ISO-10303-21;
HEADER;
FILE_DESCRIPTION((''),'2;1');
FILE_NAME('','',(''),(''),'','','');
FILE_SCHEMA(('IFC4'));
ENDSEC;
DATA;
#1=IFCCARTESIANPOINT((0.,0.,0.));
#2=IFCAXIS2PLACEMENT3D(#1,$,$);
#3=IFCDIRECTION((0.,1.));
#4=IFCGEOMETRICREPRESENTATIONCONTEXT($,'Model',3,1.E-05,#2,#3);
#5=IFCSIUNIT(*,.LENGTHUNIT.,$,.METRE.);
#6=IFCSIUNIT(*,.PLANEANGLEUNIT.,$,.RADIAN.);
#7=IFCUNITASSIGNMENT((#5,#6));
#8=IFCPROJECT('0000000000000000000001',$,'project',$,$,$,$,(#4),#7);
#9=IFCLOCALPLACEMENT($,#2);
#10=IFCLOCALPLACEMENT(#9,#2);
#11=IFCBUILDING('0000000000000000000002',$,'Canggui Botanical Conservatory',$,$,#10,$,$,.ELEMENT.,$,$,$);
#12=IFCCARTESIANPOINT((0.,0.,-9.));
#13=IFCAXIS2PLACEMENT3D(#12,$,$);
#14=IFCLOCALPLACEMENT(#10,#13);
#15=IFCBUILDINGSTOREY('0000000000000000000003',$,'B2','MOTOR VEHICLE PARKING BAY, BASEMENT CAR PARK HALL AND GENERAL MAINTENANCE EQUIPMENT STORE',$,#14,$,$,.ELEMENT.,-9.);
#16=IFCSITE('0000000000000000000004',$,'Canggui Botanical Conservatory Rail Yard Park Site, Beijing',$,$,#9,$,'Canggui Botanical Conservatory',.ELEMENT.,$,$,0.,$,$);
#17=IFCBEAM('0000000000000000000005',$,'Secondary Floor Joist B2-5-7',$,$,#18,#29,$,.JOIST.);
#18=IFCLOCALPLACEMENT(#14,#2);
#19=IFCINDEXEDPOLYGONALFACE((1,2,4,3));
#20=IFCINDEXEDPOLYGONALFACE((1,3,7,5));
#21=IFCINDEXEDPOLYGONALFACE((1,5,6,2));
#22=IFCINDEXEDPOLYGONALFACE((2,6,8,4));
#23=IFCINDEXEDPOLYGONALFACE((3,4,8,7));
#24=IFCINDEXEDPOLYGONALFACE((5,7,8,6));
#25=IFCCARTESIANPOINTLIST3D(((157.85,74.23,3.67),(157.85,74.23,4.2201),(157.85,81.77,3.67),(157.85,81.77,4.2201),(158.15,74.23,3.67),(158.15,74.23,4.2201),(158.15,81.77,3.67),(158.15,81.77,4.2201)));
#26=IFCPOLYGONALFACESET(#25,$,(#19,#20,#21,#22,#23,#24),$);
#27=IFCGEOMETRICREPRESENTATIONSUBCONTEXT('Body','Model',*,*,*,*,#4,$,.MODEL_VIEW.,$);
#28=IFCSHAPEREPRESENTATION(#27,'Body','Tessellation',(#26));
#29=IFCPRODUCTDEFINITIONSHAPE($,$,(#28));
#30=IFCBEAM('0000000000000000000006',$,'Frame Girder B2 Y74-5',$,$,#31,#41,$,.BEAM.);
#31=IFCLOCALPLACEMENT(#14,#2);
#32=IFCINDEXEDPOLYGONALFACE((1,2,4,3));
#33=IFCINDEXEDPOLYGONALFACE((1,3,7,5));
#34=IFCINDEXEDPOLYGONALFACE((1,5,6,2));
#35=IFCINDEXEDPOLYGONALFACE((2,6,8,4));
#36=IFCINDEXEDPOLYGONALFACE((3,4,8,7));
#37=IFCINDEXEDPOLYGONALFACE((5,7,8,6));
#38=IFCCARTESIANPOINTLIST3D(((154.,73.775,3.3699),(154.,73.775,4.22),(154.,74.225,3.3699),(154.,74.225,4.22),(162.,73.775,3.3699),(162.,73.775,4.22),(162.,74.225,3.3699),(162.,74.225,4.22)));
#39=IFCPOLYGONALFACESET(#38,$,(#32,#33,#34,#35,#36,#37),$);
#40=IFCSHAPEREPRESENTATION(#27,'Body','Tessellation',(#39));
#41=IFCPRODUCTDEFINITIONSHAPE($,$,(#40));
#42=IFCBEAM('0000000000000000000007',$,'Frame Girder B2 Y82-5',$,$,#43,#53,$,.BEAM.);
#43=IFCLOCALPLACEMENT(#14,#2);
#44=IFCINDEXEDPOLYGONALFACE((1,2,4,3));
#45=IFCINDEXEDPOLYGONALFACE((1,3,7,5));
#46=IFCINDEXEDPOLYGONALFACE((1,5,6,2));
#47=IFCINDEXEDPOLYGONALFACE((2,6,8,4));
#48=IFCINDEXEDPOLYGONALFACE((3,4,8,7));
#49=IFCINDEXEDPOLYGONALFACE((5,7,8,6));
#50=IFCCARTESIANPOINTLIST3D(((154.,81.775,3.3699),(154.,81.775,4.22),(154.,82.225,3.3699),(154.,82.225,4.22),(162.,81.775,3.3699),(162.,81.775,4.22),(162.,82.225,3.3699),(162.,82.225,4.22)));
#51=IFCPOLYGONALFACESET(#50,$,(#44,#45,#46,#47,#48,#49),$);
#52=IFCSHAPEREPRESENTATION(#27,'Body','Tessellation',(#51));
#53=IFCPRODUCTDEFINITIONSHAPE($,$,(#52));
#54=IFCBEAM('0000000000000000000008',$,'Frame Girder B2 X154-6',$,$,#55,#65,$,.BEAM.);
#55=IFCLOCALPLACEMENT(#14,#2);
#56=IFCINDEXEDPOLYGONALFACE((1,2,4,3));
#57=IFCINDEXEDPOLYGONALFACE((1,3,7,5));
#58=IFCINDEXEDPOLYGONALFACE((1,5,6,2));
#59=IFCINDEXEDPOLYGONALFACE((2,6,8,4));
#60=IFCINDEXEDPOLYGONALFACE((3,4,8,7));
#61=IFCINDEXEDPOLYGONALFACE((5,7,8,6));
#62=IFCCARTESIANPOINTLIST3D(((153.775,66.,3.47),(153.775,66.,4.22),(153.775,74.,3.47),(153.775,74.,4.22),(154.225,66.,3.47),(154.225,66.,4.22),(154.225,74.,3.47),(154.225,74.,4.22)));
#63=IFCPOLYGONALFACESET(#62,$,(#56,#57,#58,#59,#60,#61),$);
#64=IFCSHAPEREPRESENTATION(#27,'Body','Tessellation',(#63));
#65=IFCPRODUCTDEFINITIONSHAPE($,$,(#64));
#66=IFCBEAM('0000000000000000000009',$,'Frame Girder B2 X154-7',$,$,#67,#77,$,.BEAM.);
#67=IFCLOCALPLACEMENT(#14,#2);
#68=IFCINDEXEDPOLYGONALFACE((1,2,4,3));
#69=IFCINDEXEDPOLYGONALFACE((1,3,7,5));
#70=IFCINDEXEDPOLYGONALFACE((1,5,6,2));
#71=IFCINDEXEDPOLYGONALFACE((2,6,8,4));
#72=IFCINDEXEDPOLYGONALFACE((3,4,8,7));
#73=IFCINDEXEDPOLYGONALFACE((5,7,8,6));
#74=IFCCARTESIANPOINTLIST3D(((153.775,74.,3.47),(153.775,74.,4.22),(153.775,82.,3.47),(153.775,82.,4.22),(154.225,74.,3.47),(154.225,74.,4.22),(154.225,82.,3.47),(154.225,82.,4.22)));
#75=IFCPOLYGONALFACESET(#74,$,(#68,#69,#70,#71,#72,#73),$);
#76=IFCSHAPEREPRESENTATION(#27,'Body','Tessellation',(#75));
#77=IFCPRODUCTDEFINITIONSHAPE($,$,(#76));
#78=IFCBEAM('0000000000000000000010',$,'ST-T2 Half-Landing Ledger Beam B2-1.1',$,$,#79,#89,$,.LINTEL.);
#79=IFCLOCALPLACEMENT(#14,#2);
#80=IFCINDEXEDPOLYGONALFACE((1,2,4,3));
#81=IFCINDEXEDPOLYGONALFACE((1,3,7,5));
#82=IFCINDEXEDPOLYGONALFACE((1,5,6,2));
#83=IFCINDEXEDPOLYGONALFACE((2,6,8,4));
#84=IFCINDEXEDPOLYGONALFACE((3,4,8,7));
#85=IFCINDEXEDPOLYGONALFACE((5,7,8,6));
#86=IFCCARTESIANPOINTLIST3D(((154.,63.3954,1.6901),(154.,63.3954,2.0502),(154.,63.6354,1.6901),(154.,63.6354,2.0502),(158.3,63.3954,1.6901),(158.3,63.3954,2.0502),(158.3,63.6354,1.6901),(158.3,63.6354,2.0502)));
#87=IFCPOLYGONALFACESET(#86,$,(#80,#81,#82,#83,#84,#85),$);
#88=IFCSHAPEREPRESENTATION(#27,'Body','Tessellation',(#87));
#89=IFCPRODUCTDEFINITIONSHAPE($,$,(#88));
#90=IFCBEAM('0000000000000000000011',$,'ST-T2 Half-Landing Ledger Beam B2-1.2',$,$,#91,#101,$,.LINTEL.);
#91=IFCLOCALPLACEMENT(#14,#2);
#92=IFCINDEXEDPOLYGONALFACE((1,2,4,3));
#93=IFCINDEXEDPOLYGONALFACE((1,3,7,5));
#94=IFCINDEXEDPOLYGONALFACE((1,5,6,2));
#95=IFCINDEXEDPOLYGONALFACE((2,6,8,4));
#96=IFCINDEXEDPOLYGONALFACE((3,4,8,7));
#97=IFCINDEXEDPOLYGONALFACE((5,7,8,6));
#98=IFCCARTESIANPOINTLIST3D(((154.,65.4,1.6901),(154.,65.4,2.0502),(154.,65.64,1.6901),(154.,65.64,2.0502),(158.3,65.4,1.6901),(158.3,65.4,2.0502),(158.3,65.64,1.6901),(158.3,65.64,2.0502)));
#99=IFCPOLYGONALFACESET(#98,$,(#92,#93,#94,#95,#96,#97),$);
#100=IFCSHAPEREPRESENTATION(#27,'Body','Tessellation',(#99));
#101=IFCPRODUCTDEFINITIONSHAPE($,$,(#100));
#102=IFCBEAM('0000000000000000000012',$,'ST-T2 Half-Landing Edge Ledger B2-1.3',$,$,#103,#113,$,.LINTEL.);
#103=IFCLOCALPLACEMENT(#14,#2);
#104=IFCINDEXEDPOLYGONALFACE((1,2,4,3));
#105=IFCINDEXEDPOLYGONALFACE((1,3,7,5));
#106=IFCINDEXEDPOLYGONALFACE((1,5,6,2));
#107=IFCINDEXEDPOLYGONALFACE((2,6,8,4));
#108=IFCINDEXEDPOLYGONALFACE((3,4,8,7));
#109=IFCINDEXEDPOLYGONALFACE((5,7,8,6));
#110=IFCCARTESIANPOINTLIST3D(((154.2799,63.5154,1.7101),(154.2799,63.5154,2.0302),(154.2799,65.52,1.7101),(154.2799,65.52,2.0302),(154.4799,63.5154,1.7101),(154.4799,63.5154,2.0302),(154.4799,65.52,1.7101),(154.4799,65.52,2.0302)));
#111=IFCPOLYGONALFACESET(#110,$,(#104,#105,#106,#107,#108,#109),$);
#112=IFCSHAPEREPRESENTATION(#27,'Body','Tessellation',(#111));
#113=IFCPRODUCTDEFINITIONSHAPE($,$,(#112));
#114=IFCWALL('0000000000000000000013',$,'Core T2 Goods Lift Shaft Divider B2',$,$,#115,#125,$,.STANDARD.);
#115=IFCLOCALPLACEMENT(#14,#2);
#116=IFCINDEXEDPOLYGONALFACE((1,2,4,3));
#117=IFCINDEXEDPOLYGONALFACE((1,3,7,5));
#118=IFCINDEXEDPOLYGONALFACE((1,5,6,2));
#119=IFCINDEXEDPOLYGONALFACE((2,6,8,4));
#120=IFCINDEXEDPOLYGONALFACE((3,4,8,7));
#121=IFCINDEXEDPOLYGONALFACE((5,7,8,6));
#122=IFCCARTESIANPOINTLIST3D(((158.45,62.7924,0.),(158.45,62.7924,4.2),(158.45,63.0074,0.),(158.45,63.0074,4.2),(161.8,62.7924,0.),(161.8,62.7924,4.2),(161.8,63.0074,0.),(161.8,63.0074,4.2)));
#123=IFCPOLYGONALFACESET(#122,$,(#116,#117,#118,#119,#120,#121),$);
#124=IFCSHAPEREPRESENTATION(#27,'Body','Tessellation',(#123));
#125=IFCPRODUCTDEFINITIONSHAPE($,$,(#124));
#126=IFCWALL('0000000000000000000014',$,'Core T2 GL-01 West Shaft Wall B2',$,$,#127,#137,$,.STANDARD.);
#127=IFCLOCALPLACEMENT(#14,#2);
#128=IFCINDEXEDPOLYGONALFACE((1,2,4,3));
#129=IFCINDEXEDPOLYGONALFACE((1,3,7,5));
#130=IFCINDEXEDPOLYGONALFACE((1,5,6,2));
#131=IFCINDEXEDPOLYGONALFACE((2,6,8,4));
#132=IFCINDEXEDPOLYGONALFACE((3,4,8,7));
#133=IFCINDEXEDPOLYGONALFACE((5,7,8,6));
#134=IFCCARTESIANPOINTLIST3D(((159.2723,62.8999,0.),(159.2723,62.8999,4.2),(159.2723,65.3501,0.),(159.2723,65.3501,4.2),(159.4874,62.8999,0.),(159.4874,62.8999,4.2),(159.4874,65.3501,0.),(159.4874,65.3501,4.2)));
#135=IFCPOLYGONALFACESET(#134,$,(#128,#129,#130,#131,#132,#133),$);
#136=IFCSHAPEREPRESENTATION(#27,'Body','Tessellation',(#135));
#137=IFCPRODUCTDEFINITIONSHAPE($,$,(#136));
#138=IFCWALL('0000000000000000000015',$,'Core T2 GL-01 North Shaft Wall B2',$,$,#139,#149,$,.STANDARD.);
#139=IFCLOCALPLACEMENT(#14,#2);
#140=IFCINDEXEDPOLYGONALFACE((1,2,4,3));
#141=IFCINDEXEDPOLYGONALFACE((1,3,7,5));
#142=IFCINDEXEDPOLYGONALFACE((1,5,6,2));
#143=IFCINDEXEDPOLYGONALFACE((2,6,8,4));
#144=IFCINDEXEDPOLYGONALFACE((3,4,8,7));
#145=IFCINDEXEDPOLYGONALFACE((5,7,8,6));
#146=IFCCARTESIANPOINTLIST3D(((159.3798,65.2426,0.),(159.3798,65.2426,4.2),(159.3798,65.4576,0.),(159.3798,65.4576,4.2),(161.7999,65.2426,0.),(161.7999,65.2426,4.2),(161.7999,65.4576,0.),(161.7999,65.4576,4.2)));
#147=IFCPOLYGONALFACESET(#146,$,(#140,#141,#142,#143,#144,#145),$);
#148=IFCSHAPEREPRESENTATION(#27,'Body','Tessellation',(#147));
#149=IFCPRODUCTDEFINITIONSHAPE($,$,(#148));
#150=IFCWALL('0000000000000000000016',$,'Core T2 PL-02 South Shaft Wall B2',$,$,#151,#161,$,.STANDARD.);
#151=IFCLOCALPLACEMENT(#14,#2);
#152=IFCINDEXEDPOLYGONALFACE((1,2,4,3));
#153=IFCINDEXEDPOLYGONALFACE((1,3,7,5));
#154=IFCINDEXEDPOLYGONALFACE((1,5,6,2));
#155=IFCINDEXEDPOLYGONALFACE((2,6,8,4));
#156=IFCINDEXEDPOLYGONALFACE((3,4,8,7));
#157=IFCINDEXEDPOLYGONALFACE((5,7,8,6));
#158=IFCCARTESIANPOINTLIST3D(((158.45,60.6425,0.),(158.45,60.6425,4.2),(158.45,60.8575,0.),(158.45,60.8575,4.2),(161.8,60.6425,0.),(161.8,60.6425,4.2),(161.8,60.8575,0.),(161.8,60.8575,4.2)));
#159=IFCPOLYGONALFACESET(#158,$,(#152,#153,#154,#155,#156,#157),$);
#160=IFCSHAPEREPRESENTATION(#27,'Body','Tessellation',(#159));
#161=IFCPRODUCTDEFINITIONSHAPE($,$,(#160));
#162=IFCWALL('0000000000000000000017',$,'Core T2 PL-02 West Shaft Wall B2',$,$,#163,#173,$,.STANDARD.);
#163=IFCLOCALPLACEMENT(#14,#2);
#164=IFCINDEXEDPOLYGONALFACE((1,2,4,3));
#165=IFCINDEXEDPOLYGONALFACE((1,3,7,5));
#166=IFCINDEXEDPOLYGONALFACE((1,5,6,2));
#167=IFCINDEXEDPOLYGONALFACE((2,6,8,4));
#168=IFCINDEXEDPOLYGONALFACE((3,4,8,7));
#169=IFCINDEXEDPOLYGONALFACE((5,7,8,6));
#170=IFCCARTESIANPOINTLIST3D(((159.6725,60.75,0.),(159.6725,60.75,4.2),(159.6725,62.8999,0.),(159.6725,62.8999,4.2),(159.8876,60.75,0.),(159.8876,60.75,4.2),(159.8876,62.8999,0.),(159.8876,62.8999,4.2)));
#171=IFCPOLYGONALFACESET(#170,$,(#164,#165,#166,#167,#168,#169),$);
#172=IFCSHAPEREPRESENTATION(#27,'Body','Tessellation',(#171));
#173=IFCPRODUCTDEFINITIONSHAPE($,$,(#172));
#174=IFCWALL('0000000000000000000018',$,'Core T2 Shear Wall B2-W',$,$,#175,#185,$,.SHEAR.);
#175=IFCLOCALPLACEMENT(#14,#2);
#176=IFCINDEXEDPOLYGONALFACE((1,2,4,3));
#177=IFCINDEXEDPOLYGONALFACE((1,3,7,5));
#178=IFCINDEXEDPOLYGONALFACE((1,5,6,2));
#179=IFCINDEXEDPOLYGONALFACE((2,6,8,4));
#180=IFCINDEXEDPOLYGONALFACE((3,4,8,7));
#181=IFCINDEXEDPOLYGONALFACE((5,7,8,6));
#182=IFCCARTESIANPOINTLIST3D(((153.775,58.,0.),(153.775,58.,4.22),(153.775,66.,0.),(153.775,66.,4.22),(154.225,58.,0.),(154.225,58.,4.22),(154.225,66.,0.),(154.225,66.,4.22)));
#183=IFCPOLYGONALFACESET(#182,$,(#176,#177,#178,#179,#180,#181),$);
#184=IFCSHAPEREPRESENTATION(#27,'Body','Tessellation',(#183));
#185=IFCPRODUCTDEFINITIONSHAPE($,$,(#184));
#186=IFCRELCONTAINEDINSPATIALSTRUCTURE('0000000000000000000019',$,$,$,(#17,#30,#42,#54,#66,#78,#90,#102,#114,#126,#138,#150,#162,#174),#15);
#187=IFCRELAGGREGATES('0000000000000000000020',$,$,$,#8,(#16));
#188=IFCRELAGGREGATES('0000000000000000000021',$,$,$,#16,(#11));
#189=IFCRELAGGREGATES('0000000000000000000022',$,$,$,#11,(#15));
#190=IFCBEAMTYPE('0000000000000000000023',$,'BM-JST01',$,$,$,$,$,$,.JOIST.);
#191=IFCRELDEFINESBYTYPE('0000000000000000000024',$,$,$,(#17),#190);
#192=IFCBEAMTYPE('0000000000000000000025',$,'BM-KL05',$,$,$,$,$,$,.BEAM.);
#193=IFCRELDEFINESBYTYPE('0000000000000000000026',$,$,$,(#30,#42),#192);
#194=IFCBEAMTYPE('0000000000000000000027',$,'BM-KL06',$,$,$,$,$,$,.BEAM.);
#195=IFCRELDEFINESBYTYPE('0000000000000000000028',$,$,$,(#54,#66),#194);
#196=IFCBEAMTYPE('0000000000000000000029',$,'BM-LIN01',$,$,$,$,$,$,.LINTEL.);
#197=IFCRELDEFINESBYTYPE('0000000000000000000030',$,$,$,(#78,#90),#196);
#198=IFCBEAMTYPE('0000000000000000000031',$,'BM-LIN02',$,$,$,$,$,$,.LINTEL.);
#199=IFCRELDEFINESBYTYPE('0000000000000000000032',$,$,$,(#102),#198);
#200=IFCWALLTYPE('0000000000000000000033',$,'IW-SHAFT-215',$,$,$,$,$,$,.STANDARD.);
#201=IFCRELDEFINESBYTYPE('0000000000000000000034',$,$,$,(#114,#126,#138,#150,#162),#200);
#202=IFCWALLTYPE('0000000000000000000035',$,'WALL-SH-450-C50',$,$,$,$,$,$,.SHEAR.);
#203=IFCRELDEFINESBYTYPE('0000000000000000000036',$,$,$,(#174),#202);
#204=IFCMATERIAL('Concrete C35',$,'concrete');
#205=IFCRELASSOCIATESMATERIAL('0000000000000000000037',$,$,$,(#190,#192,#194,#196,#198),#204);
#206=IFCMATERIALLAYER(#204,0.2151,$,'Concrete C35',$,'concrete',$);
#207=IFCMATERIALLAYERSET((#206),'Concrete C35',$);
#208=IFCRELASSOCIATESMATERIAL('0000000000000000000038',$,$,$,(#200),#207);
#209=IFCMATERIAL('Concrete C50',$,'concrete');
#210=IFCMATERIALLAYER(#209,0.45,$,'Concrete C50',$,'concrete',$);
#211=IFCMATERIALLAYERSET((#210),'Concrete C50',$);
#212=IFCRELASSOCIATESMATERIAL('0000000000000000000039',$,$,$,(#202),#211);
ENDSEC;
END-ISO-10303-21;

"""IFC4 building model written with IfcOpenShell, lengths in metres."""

from ifc_helpers import new_model, si_unit, direction, frame, frame_2d, origin, origin_2d, place, context, subcontext, project, spatial, rectangle, extrude, material, layer, layer_set, material_profile, profile_set, type_object, element, save


model = new_model("IFC4")

# Units and contexts
model_context = context("Model", 3, precision=1e-05, world=origin(), true_north=direction((0.0, 1.0)))
body_context = subcontext(model_context, "Body", "Model", "MODEL_VIEW")
ifc_project = project(units=[si_unit("LENGTHUNIT", "METRE"), si_unit("PLANEANGLEUNIT", "RADIAN")], contexts=[model_context])

# Site, building, storey
site_placement = place(None, origin())
site = spatial("IfcSite", under=ifc_project, at=site_placement, Name="Canggui Botanical Conservatory Rail Yard Park Site, Beijing", LongName="Canggui Botanical Conservatory", CompositionType="ELEMENT", RefElevation=0.0)
building_placement = place(site_placement, origin())
building = spatial("IfcBuilding", under=site, at=building_placement, Name="Canggui Botanical Conservatory", CompositionType="ELEMENT")
storey_placement = place(building_placement, frame((0.0, 0.0, -9.0)))
storey = spatial("IfcBuildingStorey", under=building, at=storey_placement, Name="B2", Description="MOTOR VEHICLE PARKING BAY, BASEMENT CAR PARK HALL AND GENERAL MAINTENANCE EQUIPMENT STORE", CompositionType="ELEMENT", Elevation=-9.0)

# Shared definitions
ifc_material_1 = material(Name="Concrete C35", Category="concrete")

# Shared definitions
ifc_material_2 = material(Name="Concrete C50", Category="concrete")

# Beams
ifc_material_profile_1 = material_profile(ifc_material_1, rectangle(XDim=0.3, YDim=0.55, at=origin_2d()), Name="RB 300x550")
ifc_profile_set_1 = profile_set([ifc_material_profile_1], Name="Concrete C35")
beam_type_1 = type_object("IfcBeamType", Name="BM-JST01", PredefinedType="JOIST", material=ifc_profile_set_1)
for number, where, z_axis, x_axis, name in (
    (1, (158.0, 74.23, 3.9451), (0.0, 1.0, 0.0), (-1.0, 0.0, 0.0), "Secondary Floor Joist B2-5-7"),
):
    element("IfcBeam", number, at=place(storey_placement, frame(where, z_axis=z_axis, x_axis=x_axis)), inside=storey, type_object=beam_type_1, Name=name, PredefinedType="JOIST", context=body_context, shape_type="SweptSolid", body=[
        extrude(rectangle(XDim=0.3, YDim=0.55, at=origin_2d()), origin(), (0.0, 0.0, 1.0), 7.54),
    ])
ifc_material_profile_2 = material_profile(ifc_material_1, rectangle(XDim=0.45, YDim=0.8501, at=origin_2d()), Name="RB 450x850")
ifc_profile_set_2 = profile_set([ifc_material_profile_2], Name="Concrete C35")
beam_type_2 = type_object("IfcBeamType", Name="BM-KL05", PredefinedType="BEAM", material=ifc_profile_set_2)
for number, where, z_axis, x_axis, name in (
    (2, (154.0, 74.0, 3.7949), (1.0, 0.0, 0.0), (0.0, 1.0, 0.0), "Frame Girder B2 Y74-5"),
    (3, (154.0, 82.0, 3.7949), (1.0, 0.0, 0.0), (0.0, 1.0, 0.0), "Frame Girder B2 Y82-5"),
):
    element("IfcBeam", number, at=place(storey_placement, frame(where, z_axis=z_axis, x_axis=x_axis)), inside=storey, type_object=beam_type_2, Name=name, PredefinedType="BEAM", context=body_context, shape_type="SweptSolid", body=[
        extrude(rectangle(XDim=0.45, YDim=0.8501, at=origin_2d()), origin(), (0.0, 0.0, 1.0), 8.0),
    ])
ifc_material_profile_3 = material_profile(ifc_material_1, rectangle(XDim=0.45, YDim=0.75, at=origin_2d()), Name="RB 450x750")
ifc_profile_set_3 = profile_set([ifc_material_profile_3], Name="Concrete C35")
beam_type_3 = type_object("IfcBeamType", Name="BM-KL06", PredefinedType="BEAM", material=ifc_profile_set_3)
for number, where, z_axis, x_axis, name in (
    (4, (154.0, 66.0, 3.845), (0.0, 1.0, 0.0), (-1.0, 0.0, 0.0), "Frame Girder B2 X154-6"),
    (5, (154.0, 74.0, 3.845), (0.0, 1.0, 0.0), (-1.0, 0.0, 0.0), "Frame Girder B2 X154-7"),
):
    element("IfcBeam", number, at=place(storey_placement, frame(where, z_axis=z_axis, x_axis=x_axis)), inside=storey, type_object=beam_type_3, Name=name, PredefinedType="BEAM", context=body_context, shape_type="SweptSolid", body=[
        extrude(rectangle(XDim=0.45, YDim=0.75, at=origin_2d()), origin(), (0.0, 0.0, 1.0), 8.0),
    ])
ifc_material_profile_4 = material_profile(ifc_material_1, rectangle(XDim=0.24, YDim=0.3601, at=origin_2d()), Name="RB 240x360")
ifc_profile_set_4 = profile_set([ifc_material_profile_4], Name="Concrete C35")
beam_type_4 = type_object("IfcBeamType", Name="BM-LIN01", PredefinedType="LINTEL", material=ifc_profile_set_4)
for number, where, z_axis, x_axis, name in (
    (6, (154.0, 63.5154, 1.8701), (1.0, 0.0, 0.0), (0.0, 1.0, 0.0), "ST-T2 Half-Landing Ledger Beam B2-1.1"),
    (7, (154.0, 65.52, 1.8701), (1.0, 0.0, 0.0), (0.0, 1.0, 0.0), "ST-T2 Half-Landing Ledger Beam B2-1.2"),
):
    element("IfcBeam", number, at=place(storey_placement, frame(where, z_axis=z_axis, x_axis=x_axis)), inside=storey, type_object=beam_type_4, Name=name, PredefinedType="LINTEL", context=body_context, shape_type="SweptSolid", body=[
        extrude(rectangle(XDim=0.24, YDim=0.3601, at=origin_2d()), origin(), (0.0, 0.0, 1.0), 4.3),
    ])
ifc_material_profile_5 = material_profile(ifc_material_1, rectangle(XDim=0.2, YDim=0.3201, at=origin_2d()), Name="RB 200x320")
ifc_profile_set_5 = profile_set([ifc_material_profile_5], Name="Concrete C35")
beam_type_5 = type_object("IfcBeamType", Name="BM-LIN02", PredefinedType="LINTEL", material=ifc_profile_set_5)
beam_placement = place(storey_placement, frame((154.3799, 63.5154, 1.8701), z_axis=(0.0, 1.0, 0.0), x_axis=(-1.0, 0.0, 0.0)))
element("IfcBeam", 8, at=beam_placement, inside=storey, type_object=beam_type_5, Name="ST-T2 Half-Landing Edge Ledger B2-1.3", PredefinedType="LINTEL", context=body_context, shape_type="SweptSolid", body=[
    extrude(rectangle(XDim=0.2, YDim=0.3201, at=origin_2d()), origin(), (0.0, 0.0, 1.0), 2.0046),
])

# Walls
ifc_layer_1 = layer(ifc_material_1, 0.2151, Name="Concrete C35", Category="concrete")
ifc_layer_set_1 = layer_set([ifc_layer_1], Name="Concrete C35")
wall_type_1 = type_object("IfcWallType", Name="IW-SHAFT-215", PredefinedType="STANDARD", material=ifc_layer_set_1)
wall_1_placement = place(storey_placement, frame((158.45, 62.8999, 0.0), z_axis=(0.0, 0.0, 1.0), x_axis=(1.0, 0.0, 0.0)))
element("IfcWall", 9, at=wall_1_placement, inside=storey, type_object=wall_type_1, Name="Core T2 Goods Lift Shaft Divider B2", PredefinedType="STANDARD", context=body_context, shape_type="SweptSolid", body=[
    extrude(rectangle(XDim=3.3501, YDim=0.2151, at=frame_2d((1.675, 0.0))), origin(), (0.0, 0.0, 1.0), 4.2),
])
wall_2_placement = place(storey_placement, frame((159.3799, 62.8999, 0.0), z_axis=(0.0, 0.0, 1.0), x_axis=(0.0, 1.0, 0.0)))
element("IfcWall", 10, at=wall_2_placement, inside=storey, type_object=wall_type_1, Name="Core T2 GL-01 West Shaft Wall B2", PredefinedType="STANDARD", context=body_context, shape_type="SweptSolid", body=[
    extrude(rectangle(XDim=2.4502, YDim=0.2151, at=frame_2d((1.2251, 0.0))), origin(), (0.0, 0.0, 1.0), 4.2),
])
wall_3_placement = place(storey_placement, frame((159.3799, 65.3501, 0.0), z_axis=(0.0, 0.0, 1.0), x_axis=(1.0, 0.0, 0.0)))
element("IfcWall", 11, at=wall_3_placement, inside=storey, type_object=wall_type_1, Name="Core T2 GL-01 North Shaft Wall B2", PredefinedType="STANDARD", context=body_context, shape_type="SweptSolid", body=[
    extrude(rectangle(XDim=2.4202, YDim=0.2151, at=frame_2d((1.21, 0.0))), origin(), (0.0, 0.0, 1.0), 4.2),
])
wall_4_placement = place(storey_placement, frame((158.45, 60.75, 0.0), z_axis=(0.0, 0.0, 1.0), x_axis=(1.0, 0.0, 0.0)))
element("IfcWall", 12, at=wall_4_placement, inside=storey, type_object=wall_type_1, Name="Core T2 PL-02 South Shaft Wall B2", PredefinedType="STANDARD", context=body_context, shape_type="SweptSolid", body=[
    extrude(rectangle(XDim=3.3501, YDim=0.2151, at=frame_2d((1.675, 0.0))), origin(), (0.0, 0.0, 1.0), 4.2),
])
wall_5_placement = place(storey_placement, frame((159.78, 60.75, 0.0), z_axis=(0.0, 0.0, 1.0), x_axis=(0.0, 1.0, 0.0)))
element("IfcWall", 13, at=wall_5_placement, inside=storey, type_object=wall_type_1, Name="Core T2 PL-02 West Shaft Wall B2", PredefinedType="STANDARD", context=body_context, shape_type="SweptSolid", body=[
    extrude(rectangle(XDim=2.1499, YDim=0.2151, at=frame_2d((1.075, 0.0))), origin(), (0.0, 0.0, 1.0), 4.2),
])
ifc_layer_2 = layer(ifc_material_2, 0.45, Name="Concrete C50", Category="concrete")
ifc_layer_set_2 = layer_set([ifc_layer_2], Name="Concrete C50")
wall_type_2 = type_object("IfcWallType", Name="WALL-SH-450-C50", PredefinedType="SHEAR", material=ifc_layer_set_2)
wall_6_placement = place(storey_placement, frame((154.0, 66.0, 0.0), z_axis=(0.0, 0.0, 1.0), x_axis=(0.0, -1.0, 0.0)))
element("IfcWall", 14, at=wall_6_placement, inside=storey, type_object=wall_type_2, Name="Core T2 Shear Wall B2-W", PredefinedType="SHEAR", context=body_context, shape_type="SweptSolid", body=[
    extrude(rectangle(XDim=8.0, YDim=0.45, at=frame_2d((4.0, 0.0))), origin(), (0.0, 0.0, 1.0), 4.22),
])

save(model, "model.ifc")
